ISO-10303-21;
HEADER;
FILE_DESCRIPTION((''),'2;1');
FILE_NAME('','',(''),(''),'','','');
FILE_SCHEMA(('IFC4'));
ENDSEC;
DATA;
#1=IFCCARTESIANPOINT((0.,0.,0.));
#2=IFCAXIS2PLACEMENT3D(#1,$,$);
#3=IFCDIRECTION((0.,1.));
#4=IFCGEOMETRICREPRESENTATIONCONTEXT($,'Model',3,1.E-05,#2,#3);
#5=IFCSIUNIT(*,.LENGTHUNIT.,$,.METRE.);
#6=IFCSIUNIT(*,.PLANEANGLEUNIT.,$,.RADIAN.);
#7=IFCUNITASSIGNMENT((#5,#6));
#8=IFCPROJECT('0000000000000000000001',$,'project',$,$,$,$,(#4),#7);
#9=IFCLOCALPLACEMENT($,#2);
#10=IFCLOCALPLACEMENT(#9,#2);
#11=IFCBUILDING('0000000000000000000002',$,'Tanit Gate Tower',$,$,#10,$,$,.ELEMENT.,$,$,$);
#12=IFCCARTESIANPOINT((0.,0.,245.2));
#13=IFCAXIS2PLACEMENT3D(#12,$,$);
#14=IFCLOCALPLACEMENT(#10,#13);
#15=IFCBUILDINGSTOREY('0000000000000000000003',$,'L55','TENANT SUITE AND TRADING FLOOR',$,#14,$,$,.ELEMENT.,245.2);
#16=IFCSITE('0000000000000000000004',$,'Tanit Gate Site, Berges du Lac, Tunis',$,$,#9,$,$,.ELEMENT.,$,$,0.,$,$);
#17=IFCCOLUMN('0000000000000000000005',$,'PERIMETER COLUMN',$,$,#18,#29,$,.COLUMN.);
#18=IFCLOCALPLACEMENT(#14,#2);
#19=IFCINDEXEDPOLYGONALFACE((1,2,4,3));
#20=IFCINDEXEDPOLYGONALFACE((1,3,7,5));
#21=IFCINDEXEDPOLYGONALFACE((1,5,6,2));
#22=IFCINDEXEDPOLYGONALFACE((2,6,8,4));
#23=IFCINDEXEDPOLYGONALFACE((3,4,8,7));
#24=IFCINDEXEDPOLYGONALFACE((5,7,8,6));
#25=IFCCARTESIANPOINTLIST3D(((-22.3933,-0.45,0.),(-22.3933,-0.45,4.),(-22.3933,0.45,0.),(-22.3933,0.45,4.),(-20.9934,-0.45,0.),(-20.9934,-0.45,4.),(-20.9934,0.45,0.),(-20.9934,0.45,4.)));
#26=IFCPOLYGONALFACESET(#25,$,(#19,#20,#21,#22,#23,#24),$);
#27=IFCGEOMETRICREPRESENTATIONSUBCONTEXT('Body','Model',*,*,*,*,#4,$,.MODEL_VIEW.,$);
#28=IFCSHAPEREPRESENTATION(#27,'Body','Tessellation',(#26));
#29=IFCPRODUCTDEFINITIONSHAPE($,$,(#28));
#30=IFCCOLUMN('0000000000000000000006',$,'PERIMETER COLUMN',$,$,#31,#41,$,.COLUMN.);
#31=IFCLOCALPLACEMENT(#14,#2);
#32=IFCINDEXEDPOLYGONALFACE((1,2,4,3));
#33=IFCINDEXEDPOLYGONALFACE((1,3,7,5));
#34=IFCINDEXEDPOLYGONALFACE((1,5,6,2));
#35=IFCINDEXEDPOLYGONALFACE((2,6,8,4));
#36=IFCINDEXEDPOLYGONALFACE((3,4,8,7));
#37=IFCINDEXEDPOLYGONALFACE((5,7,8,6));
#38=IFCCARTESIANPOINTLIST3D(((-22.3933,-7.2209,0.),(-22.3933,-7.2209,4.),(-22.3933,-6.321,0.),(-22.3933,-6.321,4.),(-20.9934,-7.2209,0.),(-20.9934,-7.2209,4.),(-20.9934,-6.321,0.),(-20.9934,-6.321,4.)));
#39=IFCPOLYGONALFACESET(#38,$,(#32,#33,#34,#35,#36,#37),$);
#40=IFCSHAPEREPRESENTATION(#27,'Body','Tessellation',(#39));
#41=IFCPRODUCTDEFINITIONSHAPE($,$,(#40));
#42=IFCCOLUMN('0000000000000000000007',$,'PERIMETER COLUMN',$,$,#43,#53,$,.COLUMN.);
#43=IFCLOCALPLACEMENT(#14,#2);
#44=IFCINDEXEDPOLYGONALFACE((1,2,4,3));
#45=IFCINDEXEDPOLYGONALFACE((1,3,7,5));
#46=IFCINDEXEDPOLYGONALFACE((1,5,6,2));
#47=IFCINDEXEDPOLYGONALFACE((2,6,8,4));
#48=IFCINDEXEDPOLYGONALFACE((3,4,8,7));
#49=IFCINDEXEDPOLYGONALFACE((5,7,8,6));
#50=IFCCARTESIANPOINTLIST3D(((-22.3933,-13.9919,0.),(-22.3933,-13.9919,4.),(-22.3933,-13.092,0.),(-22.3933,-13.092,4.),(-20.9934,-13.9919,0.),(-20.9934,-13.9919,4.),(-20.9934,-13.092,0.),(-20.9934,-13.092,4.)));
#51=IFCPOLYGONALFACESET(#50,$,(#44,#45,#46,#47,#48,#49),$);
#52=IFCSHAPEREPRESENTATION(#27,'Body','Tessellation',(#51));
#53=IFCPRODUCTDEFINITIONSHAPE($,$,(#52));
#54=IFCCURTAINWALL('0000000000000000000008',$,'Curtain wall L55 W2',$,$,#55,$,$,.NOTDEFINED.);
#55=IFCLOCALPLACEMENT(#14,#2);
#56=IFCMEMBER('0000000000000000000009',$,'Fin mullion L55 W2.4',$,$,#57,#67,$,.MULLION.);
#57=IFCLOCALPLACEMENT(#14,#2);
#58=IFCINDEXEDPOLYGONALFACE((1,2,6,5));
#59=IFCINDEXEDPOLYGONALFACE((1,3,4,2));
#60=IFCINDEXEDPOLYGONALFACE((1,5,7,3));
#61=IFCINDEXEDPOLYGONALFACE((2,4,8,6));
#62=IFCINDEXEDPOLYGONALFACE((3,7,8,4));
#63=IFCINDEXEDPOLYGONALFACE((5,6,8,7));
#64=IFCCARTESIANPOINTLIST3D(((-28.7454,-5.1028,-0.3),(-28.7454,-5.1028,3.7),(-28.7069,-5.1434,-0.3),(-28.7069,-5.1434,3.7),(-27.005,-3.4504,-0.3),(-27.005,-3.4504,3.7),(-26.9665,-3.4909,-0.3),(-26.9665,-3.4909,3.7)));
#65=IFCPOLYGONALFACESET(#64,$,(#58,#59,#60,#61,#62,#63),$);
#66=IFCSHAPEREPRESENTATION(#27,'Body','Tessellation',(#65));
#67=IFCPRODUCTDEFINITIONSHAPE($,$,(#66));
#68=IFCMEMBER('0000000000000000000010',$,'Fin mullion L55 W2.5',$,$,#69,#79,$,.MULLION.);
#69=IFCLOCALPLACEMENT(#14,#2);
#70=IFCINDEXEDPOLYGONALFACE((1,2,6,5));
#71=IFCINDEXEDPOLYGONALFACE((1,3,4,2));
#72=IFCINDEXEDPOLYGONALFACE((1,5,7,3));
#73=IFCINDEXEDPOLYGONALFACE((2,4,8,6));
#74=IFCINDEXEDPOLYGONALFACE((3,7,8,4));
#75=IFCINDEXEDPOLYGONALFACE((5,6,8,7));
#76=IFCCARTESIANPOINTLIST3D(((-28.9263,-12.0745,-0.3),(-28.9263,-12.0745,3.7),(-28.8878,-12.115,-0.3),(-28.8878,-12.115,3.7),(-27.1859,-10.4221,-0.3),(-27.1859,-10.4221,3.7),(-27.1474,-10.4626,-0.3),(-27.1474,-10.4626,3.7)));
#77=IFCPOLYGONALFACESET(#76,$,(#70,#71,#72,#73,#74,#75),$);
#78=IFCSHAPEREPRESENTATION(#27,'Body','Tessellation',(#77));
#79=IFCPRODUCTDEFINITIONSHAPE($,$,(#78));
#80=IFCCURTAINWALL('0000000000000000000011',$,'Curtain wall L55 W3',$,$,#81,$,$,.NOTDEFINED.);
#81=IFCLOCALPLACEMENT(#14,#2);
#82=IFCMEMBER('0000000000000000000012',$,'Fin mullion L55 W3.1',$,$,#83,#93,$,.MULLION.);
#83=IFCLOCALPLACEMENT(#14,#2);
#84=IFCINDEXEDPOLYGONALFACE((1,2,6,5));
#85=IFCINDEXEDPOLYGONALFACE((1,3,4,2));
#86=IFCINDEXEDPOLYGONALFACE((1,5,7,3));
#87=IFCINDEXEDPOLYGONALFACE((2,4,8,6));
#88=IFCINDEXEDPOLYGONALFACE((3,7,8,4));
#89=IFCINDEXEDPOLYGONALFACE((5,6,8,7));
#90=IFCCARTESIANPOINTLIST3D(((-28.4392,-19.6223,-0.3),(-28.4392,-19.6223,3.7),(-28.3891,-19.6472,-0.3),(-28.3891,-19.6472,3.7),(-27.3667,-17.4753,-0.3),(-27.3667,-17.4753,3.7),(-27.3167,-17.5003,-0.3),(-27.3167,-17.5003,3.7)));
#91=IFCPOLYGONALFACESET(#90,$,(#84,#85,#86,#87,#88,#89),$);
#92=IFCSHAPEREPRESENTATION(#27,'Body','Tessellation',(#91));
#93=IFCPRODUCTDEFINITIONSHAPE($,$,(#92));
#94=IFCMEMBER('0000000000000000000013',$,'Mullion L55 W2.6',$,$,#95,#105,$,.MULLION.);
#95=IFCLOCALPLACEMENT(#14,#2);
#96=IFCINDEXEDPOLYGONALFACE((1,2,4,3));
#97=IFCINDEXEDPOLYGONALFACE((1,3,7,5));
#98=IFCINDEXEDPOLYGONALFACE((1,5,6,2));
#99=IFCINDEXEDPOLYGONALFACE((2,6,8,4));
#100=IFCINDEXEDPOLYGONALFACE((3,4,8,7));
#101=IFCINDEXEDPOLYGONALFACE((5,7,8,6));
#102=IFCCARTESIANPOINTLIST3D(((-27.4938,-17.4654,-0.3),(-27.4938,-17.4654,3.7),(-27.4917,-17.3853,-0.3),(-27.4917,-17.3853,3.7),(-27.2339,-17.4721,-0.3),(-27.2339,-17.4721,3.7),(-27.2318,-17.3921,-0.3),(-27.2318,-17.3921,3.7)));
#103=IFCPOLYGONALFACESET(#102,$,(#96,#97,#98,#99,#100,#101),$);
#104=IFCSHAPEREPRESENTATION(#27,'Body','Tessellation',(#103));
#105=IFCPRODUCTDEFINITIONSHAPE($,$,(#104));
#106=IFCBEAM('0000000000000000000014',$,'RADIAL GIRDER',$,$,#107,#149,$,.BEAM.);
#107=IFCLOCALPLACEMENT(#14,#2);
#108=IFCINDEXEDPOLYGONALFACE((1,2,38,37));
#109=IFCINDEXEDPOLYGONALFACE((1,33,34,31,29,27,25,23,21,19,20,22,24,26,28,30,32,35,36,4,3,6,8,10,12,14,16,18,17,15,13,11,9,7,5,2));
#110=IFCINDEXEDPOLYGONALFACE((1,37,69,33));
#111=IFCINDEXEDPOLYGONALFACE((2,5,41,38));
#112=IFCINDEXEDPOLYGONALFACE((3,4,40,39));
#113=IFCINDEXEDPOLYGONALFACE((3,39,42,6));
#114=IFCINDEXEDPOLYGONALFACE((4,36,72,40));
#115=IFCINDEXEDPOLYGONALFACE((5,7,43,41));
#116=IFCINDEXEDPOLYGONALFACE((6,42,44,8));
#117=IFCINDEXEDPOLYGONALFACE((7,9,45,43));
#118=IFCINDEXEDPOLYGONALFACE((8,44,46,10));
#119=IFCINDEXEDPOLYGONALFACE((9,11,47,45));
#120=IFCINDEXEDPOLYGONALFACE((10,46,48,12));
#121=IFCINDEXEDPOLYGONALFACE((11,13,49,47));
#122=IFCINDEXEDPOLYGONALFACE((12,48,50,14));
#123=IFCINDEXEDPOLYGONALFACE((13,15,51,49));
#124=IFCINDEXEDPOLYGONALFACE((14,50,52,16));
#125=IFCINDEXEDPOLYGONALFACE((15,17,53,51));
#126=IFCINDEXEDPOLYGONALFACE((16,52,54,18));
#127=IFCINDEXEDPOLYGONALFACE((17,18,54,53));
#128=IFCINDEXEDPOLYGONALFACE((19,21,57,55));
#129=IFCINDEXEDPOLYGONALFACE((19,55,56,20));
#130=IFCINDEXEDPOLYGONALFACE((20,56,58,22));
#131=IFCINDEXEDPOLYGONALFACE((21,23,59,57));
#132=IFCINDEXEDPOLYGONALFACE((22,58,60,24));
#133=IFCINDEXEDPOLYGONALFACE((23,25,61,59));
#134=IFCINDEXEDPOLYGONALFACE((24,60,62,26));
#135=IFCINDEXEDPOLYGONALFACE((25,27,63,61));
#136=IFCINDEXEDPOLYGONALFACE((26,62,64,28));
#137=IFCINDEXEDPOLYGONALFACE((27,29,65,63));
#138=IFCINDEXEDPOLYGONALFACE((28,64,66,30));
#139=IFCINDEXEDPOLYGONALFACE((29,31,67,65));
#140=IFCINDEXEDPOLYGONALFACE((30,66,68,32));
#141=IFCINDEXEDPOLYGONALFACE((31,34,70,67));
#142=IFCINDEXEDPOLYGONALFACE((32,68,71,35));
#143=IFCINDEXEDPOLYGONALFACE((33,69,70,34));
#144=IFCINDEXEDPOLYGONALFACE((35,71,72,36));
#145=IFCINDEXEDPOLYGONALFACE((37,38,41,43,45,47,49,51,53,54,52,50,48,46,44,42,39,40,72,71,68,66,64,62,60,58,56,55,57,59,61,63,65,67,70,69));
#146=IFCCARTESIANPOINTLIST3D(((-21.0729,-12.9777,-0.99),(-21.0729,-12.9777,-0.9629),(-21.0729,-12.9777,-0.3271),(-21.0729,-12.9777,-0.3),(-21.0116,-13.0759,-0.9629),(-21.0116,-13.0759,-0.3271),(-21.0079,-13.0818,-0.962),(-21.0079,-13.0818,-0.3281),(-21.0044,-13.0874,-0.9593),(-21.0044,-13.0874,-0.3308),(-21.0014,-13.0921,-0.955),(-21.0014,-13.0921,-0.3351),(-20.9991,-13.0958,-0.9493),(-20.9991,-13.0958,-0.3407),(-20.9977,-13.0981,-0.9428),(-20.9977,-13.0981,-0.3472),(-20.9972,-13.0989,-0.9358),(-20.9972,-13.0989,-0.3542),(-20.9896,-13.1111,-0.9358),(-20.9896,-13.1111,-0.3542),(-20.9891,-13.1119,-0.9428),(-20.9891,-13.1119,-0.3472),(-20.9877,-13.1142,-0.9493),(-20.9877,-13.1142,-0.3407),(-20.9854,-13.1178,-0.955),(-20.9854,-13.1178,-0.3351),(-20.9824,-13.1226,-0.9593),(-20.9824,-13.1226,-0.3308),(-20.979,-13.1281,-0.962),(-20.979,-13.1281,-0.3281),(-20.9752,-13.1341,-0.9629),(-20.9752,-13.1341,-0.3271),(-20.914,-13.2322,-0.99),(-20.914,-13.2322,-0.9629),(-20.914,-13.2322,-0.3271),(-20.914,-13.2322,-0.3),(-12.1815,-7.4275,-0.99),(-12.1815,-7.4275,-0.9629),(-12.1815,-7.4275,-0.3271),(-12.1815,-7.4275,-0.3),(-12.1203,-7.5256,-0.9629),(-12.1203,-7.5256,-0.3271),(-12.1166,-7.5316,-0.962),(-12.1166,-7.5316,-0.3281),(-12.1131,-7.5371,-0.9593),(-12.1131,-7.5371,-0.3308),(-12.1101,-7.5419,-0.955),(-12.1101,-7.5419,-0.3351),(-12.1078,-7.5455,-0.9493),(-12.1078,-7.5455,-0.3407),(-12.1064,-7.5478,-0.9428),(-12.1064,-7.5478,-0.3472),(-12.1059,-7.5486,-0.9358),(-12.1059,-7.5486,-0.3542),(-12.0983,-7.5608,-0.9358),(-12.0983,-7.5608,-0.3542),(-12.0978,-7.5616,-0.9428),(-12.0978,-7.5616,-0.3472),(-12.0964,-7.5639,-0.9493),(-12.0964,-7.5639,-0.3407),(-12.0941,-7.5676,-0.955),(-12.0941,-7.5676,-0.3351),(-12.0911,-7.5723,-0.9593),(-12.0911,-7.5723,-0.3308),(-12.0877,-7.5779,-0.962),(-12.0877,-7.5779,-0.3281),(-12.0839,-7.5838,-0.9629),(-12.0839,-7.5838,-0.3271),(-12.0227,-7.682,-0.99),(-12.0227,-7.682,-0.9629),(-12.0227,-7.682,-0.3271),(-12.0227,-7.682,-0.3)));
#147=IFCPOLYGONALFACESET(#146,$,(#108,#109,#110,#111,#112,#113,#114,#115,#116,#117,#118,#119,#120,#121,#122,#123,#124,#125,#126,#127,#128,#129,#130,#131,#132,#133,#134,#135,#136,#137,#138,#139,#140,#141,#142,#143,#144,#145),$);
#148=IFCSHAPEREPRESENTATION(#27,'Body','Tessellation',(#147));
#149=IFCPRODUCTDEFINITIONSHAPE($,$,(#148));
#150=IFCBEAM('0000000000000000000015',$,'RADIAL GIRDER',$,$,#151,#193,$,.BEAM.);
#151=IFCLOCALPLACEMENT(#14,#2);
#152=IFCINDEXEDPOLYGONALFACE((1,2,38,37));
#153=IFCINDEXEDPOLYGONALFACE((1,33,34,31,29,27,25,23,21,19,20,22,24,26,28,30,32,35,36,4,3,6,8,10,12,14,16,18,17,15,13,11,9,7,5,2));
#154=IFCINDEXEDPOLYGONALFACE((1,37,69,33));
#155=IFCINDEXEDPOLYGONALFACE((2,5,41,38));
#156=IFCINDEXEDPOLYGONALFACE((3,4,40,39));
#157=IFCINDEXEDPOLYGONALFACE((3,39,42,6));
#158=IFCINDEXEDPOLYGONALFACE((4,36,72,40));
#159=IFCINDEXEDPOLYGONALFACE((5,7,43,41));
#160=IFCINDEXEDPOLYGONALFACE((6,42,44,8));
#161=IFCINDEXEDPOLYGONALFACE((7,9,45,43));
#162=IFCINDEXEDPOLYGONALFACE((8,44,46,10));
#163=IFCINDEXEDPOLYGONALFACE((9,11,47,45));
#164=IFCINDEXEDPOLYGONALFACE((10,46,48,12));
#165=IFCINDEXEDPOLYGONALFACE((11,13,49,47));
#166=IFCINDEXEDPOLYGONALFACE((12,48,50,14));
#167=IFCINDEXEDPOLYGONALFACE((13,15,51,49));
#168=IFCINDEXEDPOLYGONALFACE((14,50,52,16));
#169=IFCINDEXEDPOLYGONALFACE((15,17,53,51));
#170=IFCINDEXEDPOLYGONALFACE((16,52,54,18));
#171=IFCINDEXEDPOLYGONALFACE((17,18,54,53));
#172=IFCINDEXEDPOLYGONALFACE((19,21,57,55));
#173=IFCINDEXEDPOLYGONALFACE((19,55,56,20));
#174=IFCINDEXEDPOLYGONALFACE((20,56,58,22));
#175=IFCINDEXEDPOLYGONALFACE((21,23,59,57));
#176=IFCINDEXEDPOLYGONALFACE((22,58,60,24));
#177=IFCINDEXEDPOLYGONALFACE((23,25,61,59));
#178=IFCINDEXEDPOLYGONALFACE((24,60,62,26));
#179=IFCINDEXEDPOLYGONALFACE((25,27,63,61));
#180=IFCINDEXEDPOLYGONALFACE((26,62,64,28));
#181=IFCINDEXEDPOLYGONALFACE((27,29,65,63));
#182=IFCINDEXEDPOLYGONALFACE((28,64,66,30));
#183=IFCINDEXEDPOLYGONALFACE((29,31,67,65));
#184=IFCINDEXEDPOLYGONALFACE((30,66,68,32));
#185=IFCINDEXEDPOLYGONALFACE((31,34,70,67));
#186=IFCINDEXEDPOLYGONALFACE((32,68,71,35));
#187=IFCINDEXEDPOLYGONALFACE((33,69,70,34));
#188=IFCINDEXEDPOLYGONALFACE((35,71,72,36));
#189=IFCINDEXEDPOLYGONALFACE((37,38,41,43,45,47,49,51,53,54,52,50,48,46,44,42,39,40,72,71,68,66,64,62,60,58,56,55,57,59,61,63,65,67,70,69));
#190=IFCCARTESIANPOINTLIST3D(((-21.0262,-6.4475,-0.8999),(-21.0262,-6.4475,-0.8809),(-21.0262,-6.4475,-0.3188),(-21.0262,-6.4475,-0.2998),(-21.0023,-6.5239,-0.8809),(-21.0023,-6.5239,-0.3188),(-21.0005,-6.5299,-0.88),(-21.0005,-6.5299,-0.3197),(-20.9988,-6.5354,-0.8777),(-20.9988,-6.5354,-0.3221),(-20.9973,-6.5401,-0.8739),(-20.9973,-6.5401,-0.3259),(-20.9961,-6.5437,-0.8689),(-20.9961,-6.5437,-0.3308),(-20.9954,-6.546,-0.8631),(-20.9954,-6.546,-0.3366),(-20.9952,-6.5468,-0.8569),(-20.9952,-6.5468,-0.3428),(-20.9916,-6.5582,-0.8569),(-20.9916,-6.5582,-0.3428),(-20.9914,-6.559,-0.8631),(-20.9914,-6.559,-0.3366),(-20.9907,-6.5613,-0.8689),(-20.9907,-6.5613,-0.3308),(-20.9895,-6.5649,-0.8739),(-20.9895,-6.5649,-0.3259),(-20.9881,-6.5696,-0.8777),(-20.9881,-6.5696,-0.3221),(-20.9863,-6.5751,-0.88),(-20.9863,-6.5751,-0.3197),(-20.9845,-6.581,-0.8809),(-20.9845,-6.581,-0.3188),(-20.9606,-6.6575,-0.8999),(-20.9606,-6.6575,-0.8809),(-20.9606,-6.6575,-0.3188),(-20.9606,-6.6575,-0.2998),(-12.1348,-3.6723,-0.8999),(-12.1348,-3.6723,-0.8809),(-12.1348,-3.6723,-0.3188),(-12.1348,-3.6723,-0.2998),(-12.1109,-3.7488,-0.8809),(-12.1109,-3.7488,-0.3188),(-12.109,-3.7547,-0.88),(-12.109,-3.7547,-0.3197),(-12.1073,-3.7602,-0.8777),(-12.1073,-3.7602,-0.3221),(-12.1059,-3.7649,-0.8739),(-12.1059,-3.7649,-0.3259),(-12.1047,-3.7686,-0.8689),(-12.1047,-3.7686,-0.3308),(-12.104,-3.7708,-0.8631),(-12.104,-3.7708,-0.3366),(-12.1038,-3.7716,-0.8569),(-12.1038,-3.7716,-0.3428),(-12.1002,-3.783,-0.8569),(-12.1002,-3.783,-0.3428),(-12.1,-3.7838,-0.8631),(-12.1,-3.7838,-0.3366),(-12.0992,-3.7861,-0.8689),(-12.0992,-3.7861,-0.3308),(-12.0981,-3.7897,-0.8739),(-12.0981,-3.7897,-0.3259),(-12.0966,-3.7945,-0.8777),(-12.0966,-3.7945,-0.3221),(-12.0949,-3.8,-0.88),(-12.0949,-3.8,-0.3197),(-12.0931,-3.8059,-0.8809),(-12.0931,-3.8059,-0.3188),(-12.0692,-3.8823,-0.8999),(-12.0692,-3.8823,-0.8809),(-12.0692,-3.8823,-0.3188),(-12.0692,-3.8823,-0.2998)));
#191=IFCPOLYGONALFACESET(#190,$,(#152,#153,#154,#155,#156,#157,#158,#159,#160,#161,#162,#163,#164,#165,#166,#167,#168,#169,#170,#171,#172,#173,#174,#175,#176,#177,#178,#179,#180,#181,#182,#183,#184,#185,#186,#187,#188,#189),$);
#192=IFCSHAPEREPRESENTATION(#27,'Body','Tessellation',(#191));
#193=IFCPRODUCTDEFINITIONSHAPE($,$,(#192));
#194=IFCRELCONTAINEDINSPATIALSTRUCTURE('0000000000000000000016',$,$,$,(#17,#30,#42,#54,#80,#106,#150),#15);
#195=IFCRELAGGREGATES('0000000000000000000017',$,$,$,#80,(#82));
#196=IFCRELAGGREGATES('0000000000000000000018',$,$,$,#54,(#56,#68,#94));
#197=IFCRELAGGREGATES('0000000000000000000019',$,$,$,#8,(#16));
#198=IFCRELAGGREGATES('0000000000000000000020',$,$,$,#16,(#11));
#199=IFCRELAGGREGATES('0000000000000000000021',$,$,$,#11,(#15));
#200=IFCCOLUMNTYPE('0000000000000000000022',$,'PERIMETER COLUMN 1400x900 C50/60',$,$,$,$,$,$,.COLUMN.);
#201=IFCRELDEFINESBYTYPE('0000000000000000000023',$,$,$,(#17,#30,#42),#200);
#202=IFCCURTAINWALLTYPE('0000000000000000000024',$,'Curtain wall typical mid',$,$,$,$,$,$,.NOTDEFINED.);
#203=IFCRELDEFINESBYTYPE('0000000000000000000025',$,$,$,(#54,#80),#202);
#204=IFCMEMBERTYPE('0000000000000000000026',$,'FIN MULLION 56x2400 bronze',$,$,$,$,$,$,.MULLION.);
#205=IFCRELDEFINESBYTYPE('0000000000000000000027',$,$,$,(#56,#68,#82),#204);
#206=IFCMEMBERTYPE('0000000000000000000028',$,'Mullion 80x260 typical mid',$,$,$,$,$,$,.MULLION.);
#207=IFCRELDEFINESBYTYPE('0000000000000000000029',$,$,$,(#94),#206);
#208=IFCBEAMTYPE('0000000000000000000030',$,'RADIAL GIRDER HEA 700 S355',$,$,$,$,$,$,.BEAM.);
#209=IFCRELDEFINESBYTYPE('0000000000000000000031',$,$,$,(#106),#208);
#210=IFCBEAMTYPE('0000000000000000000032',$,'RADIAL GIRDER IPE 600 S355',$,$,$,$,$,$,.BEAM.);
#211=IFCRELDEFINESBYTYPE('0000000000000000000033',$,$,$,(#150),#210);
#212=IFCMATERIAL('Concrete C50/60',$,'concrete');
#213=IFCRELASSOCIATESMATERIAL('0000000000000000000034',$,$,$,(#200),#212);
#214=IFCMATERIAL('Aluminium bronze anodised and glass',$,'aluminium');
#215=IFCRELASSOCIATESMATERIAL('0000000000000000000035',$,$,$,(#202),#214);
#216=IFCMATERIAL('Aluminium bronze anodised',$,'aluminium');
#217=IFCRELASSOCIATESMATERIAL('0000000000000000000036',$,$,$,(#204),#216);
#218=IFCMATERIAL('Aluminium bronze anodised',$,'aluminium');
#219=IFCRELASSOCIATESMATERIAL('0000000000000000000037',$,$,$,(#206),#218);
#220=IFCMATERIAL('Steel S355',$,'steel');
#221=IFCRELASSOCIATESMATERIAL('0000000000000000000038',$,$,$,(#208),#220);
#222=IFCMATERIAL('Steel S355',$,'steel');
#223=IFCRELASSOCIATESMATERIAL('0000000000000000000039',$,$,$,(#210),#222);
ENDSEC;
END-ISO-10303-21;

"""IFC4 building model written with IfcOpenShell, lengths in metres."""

from ifc_helpers import new_model, si_unit, direction, frame, origin, origin_2d, place, context, subcontext, project, spatial, rectangle, i_section, extrude, material, material_profile, profile_set, type_object, element, aggregate, save


model = new_model("IFC4")

# Units and contexts
model_context = context("Model", 3, precision=1e-05, world=origin(), true_north=direction((0.0, 1.0)))
body_context = subcontext(model_context, "Body", "Model", "MODEL_VIEW")
ifc_project = project(units=[si_unit("LENGTHUNIT", "METRE"), si_unit("PLANEANGLEUNIT", "RADIAN")], contexts=[model_context])

# Site, building, storey
site_placement = place(None, origin())
site = spatial("IfcSite", under=ifc_project, at=site_placement, Name="Tanit Gate Site, Berges du Lac, Tunis", CompositionType="ELEMENT", RefElevation=0.0)
building_placement = place(site_placement, origin())
building = spatial("IfcBuilding", under=site, at=building_placement, Name="Tanit Gate Tower", CompositionType="ELEMENT")
storey_placement = place(building_placement, frame((0.0, 0.0, 245.2)))
storey = spatial("IfcBuildingStorey", under=building, at=storey_placement, Name="L55", Description="TENANT SUITE AND TRADING FLOOR", CompositionType="ELEMENT", Elevation=245.2)

# Columns
ifc_material_1 = material(Name="Concrete C50/60", Category="concrete")
ifc_material_profile_1 = material_profile(ifc_material_1, rectangle(XDim=1.3999, YDim=0.8999, at=origin_2d()), Name="RC 1400x900")
ifc_profile_set_1 = profile_set([ifc_material_profile_1], Name="Concrete C50/60")
column_type = type_object("IfcColumnType", Name="PERIMETER COLUMN 1400x900 C50/60", PredefinedType="COLUMN", material=ifc_profile_set_1)
for number, where, z_axis, x_axis, name in (
    (1, (-21.6934, 0.0, 0.0), (0.0, 0.0, 1.0), (-1.0, 0.0, 0.0), "PERIMETER COLUMN"),
    (2, (-21.6934, -6.771, 0.0), (0.0, 0.0, 1.0), (-1.0, 0.0, 0.0), "PERIMETER COLUMN"),
    (3, (-21.6934, -13.542, 0.0), (0.0, 0.0, 1.0), (-1.0, 0.0, 0.0), "PERIMETER COLUMN"),
):
    element("IfcColumn", number, at=place(storey_placement, frame(where, z_axis=z_axis, x_axis=x_axis)), inside=storey, type_object=column_type, Name=name, PredefinedType="COLUMN", context=body_context, shape_type="SweptSolid", body=[
        extrude(rectangle(XDim=1.3999, YDim=0.8999, at=origin_2d()), origin(), (0.0, 0.0, 1.0), 4.0),
    ])

# Curtain wall, members
ifc_material_2 = material(Name="Aluminium bronze anodised and glass", Category="aluminium")
curtain_wall_type = type_object("IfcCurtainWallType", Name="Curtain wall typical mid", PredefinedType="NOTDEFINED", material=ifc_material_2)
curtain_wall_1_placement = place(storey_placement, origin())
curtain_wall_1 = element("IfcCurtainWall", 4, at=curtain_wall_1_placement, inside=storey, type_object=curtain_wall_type, Name="Curtain wall L55 W2", PredefinedType="NOTDEFINED")
ifc_material_3 = material(Name="Aluminium bronze anodised", Category="aluminium")
ifc_material_profile_2 = material_profile(ifc_material_3, rectangle(XDim=2.3999, YDim=0.0559, at=origin_2d()), Name="56x2400 bronze fin mullion")
ifc_profile_set_2 = profile_set([ifc_material_profile_2], Name="Aluminium bronze anodised")
member_type_1 = type_object("IfcMemberType", Name="FIN MULLION 56x2400 bronze", PredefinedType="MULLION", material=ifc_profile_set_2)
member_1_placement = place(storey_placement, frame((-27.856, -4.2969, -0.3), z_axis=(0.0, 0.0, 1.0), x_axis=(0.7252, 0.688538, 0.0)))
member_1 = element("IfcMember", 5, at=member_1_placement, type_object=member_type_1, Name="Fin mullion L55 W2.4", PredefinedType="MULLION", context=body_context, shape_type="SweptSolid", body=[
    extrude(rectangle(XDim=2.3999, YDim=0.0559, at=origin_2d()), origin(), (0.0, 0.0, 1.0), 4.0),
])
member_2_placement = place(storey_placement, frame((-28.0369, -11.2686, -0.3), z_axis=(0.0, 0.0, 1.0), x_axis=(0.7252, 0.688538, 0.0)))
member_2 = element("IfcMember", 6, at=member_2_placement, type_object=member_type_1, Name="Fin mullion L55 W2.5", PredefinedType="MULLION", context=body_context, shape_type="SweptSolid", body=[
    extrude(rectangle(XDim=2.3999, YDim=0.0559, at=origin_2d()), origin(), (0.0, 0.0, 1.0), 4.0),
])

# Curtain wall, member
curtain_wall_2_placement = place(storey_placement, origin())
curtain_wall_2 = element("IfcCurtainWall", 7, at=curtain_wall_2_placement, inside=storey, type_object=curtain_wall_type, Name="Curtain wall L55 W3", PredefinedType="NOTDEFINED")
member_3_placement = place(storey_placement, frame((-27.8779, -18.5613, -0.3), z_axis=(0.0, 0.0, 1.0), x_axis=(0.446865, 0.894602, 0.0)))
member_3 = element("IfcMember", 8, at=member_3_placement, type_object=member_type_1, Name="Fin mullion L55 W3.1", PredefinedType="MULLION", context=body_context, shape_type="SweptSolid", body=[
    extrude(rectangle(XDim=2.3999, YDim=0.0559, at=origin_2d()), origin(), (0.0, 0.0, 1.0), 4.0),
])

# Member
ifc_material_4 = material(Name="Aluminium bronze anodised", Category="aluminium")
ifc_material_profile_3 = material_profile(ifc_material_4, rectangle(XDim=0.26, YDim=0.0801, at=origin_2d()), Name="80x260 bronze mullion")
ifc_profile_set_3 = profile_set([ifc_material_profile_3], Name="Aluminium bronze anodised")
member_type_2 = type_object("IfcMemberType", Name="Mullion 80x260 typical mid", PredefinedType="MULLION", material=ifc_profile_set_3)
member_4_placement = place(storey_placement, frame((-27.3628, -17.4287, -0.3), z_axis=(0.0, 0.0, 1.0), x_axis=(0.999664, -0.025924, 0.0)))
member_4 = element("IfcMember", 9, at=member_4_placement, type_object=member_type_2, Name="Mullion L55 W2.6", PredefinedType="MULLION", context=body_context, shape_type="SweptSolid", body=[
    extrude(rectangle(XDim=0.26, YDim=0.0801, at=origin_2d()), origin(), (0.0, 0.0, 1.0), 4.0),
])

# Beams
ifc_material_5 = material(Name="Steel S355", Category="steel")
ifc_material_profile_4 = material_profile(ifc_material_5, i_section(OverallWidth=0.3, OverallDepth=0.6899, WebThickness=0.0144, FlangeThickness=0.0271, FilletRadius=0.0271, at=origin_2d()), Name="HEA 700")
ifc_profile_set_4 = profile_set([ifc_material_profile_4], Name="Steel S355")
beam_type_1 = type_object("IfcBeamType", Name="RADIAL GIRDER HEA 700 S355", PredefinedType="BEAM", material=ifc_profile_set_4)
beam_1_placement = place(storey_placement, frame((-20.9934, -13.105, -0.645), z_axis=(0.84829, 0.529532, 0.0), x_axis=(-0.529532, 0.84829, 0.0)))
element("IfcBeam", 10, at=beam_1_placement, inside=storey, type_object=beam_type_1, Name="RADIAL GIRDER", PredefinedType="BEAM", context=body_context, shape_type="SweptSolid", body=[
    extrude(i_section(OverallWidth=0.3, OverallDepth=0.6899, WebThickness=0.0144, FlangeThickness=0.0271, FilletRadius=0.0271, at=origin_2d()), origin(), (0.0, 0.0, 1.0), 10.4814),
])
ifc_material_6 = material(Name="Steel S355", Category="steel")
ifc_material_profile_5 = material_profile(ifc_material_6, i_section(OverallWidth=0.22, OverallDepth=0.6001, WebThickness=0.012, FlangeThickness=0.019, FilletRadius=0.0239, at=origin_2d()), Name="IPE 600")
ifc_profile_set_5 = profile_set([ifc_material_profile_5], Name="Steel S355")
beam_type_2 = type_object("IfcBeamType", Name="RADIAL GIRDER IPE 600 S355", PredefinedType="BEAM", material=ifc_profile_set_5)
beam_2_placement = place(storey_placement, frame((-20.9934, -6.5525, -0.5999), z_axis=(0.954584, 0.297942, 0.0), x_axis=(-0.297942, 0.954584, 0.0)))
element("IfcBeam", 11, at=beam_2_placement, inside=storey, type_object=beam_type_2, Name="RADIAL GIRDER", PredefinedType="BEAM", context=body_context, shape_type="SweptSolid", body=[
    extrude(i_section(OverallWidth=0.22, OverallDepth=0.6001, WebThickness=0.012, FlangeThickness=0.019, FilletRadius=0.0239, at=origin_2d()), origin(), (0.0, 0.0, 1.0), 9.3145),
])

aggregate(curtain_wall_2, [member_3])

aggregate(curtain_wall_1, [member_1, member_2, member_4])

save(model, "model.ifc")
